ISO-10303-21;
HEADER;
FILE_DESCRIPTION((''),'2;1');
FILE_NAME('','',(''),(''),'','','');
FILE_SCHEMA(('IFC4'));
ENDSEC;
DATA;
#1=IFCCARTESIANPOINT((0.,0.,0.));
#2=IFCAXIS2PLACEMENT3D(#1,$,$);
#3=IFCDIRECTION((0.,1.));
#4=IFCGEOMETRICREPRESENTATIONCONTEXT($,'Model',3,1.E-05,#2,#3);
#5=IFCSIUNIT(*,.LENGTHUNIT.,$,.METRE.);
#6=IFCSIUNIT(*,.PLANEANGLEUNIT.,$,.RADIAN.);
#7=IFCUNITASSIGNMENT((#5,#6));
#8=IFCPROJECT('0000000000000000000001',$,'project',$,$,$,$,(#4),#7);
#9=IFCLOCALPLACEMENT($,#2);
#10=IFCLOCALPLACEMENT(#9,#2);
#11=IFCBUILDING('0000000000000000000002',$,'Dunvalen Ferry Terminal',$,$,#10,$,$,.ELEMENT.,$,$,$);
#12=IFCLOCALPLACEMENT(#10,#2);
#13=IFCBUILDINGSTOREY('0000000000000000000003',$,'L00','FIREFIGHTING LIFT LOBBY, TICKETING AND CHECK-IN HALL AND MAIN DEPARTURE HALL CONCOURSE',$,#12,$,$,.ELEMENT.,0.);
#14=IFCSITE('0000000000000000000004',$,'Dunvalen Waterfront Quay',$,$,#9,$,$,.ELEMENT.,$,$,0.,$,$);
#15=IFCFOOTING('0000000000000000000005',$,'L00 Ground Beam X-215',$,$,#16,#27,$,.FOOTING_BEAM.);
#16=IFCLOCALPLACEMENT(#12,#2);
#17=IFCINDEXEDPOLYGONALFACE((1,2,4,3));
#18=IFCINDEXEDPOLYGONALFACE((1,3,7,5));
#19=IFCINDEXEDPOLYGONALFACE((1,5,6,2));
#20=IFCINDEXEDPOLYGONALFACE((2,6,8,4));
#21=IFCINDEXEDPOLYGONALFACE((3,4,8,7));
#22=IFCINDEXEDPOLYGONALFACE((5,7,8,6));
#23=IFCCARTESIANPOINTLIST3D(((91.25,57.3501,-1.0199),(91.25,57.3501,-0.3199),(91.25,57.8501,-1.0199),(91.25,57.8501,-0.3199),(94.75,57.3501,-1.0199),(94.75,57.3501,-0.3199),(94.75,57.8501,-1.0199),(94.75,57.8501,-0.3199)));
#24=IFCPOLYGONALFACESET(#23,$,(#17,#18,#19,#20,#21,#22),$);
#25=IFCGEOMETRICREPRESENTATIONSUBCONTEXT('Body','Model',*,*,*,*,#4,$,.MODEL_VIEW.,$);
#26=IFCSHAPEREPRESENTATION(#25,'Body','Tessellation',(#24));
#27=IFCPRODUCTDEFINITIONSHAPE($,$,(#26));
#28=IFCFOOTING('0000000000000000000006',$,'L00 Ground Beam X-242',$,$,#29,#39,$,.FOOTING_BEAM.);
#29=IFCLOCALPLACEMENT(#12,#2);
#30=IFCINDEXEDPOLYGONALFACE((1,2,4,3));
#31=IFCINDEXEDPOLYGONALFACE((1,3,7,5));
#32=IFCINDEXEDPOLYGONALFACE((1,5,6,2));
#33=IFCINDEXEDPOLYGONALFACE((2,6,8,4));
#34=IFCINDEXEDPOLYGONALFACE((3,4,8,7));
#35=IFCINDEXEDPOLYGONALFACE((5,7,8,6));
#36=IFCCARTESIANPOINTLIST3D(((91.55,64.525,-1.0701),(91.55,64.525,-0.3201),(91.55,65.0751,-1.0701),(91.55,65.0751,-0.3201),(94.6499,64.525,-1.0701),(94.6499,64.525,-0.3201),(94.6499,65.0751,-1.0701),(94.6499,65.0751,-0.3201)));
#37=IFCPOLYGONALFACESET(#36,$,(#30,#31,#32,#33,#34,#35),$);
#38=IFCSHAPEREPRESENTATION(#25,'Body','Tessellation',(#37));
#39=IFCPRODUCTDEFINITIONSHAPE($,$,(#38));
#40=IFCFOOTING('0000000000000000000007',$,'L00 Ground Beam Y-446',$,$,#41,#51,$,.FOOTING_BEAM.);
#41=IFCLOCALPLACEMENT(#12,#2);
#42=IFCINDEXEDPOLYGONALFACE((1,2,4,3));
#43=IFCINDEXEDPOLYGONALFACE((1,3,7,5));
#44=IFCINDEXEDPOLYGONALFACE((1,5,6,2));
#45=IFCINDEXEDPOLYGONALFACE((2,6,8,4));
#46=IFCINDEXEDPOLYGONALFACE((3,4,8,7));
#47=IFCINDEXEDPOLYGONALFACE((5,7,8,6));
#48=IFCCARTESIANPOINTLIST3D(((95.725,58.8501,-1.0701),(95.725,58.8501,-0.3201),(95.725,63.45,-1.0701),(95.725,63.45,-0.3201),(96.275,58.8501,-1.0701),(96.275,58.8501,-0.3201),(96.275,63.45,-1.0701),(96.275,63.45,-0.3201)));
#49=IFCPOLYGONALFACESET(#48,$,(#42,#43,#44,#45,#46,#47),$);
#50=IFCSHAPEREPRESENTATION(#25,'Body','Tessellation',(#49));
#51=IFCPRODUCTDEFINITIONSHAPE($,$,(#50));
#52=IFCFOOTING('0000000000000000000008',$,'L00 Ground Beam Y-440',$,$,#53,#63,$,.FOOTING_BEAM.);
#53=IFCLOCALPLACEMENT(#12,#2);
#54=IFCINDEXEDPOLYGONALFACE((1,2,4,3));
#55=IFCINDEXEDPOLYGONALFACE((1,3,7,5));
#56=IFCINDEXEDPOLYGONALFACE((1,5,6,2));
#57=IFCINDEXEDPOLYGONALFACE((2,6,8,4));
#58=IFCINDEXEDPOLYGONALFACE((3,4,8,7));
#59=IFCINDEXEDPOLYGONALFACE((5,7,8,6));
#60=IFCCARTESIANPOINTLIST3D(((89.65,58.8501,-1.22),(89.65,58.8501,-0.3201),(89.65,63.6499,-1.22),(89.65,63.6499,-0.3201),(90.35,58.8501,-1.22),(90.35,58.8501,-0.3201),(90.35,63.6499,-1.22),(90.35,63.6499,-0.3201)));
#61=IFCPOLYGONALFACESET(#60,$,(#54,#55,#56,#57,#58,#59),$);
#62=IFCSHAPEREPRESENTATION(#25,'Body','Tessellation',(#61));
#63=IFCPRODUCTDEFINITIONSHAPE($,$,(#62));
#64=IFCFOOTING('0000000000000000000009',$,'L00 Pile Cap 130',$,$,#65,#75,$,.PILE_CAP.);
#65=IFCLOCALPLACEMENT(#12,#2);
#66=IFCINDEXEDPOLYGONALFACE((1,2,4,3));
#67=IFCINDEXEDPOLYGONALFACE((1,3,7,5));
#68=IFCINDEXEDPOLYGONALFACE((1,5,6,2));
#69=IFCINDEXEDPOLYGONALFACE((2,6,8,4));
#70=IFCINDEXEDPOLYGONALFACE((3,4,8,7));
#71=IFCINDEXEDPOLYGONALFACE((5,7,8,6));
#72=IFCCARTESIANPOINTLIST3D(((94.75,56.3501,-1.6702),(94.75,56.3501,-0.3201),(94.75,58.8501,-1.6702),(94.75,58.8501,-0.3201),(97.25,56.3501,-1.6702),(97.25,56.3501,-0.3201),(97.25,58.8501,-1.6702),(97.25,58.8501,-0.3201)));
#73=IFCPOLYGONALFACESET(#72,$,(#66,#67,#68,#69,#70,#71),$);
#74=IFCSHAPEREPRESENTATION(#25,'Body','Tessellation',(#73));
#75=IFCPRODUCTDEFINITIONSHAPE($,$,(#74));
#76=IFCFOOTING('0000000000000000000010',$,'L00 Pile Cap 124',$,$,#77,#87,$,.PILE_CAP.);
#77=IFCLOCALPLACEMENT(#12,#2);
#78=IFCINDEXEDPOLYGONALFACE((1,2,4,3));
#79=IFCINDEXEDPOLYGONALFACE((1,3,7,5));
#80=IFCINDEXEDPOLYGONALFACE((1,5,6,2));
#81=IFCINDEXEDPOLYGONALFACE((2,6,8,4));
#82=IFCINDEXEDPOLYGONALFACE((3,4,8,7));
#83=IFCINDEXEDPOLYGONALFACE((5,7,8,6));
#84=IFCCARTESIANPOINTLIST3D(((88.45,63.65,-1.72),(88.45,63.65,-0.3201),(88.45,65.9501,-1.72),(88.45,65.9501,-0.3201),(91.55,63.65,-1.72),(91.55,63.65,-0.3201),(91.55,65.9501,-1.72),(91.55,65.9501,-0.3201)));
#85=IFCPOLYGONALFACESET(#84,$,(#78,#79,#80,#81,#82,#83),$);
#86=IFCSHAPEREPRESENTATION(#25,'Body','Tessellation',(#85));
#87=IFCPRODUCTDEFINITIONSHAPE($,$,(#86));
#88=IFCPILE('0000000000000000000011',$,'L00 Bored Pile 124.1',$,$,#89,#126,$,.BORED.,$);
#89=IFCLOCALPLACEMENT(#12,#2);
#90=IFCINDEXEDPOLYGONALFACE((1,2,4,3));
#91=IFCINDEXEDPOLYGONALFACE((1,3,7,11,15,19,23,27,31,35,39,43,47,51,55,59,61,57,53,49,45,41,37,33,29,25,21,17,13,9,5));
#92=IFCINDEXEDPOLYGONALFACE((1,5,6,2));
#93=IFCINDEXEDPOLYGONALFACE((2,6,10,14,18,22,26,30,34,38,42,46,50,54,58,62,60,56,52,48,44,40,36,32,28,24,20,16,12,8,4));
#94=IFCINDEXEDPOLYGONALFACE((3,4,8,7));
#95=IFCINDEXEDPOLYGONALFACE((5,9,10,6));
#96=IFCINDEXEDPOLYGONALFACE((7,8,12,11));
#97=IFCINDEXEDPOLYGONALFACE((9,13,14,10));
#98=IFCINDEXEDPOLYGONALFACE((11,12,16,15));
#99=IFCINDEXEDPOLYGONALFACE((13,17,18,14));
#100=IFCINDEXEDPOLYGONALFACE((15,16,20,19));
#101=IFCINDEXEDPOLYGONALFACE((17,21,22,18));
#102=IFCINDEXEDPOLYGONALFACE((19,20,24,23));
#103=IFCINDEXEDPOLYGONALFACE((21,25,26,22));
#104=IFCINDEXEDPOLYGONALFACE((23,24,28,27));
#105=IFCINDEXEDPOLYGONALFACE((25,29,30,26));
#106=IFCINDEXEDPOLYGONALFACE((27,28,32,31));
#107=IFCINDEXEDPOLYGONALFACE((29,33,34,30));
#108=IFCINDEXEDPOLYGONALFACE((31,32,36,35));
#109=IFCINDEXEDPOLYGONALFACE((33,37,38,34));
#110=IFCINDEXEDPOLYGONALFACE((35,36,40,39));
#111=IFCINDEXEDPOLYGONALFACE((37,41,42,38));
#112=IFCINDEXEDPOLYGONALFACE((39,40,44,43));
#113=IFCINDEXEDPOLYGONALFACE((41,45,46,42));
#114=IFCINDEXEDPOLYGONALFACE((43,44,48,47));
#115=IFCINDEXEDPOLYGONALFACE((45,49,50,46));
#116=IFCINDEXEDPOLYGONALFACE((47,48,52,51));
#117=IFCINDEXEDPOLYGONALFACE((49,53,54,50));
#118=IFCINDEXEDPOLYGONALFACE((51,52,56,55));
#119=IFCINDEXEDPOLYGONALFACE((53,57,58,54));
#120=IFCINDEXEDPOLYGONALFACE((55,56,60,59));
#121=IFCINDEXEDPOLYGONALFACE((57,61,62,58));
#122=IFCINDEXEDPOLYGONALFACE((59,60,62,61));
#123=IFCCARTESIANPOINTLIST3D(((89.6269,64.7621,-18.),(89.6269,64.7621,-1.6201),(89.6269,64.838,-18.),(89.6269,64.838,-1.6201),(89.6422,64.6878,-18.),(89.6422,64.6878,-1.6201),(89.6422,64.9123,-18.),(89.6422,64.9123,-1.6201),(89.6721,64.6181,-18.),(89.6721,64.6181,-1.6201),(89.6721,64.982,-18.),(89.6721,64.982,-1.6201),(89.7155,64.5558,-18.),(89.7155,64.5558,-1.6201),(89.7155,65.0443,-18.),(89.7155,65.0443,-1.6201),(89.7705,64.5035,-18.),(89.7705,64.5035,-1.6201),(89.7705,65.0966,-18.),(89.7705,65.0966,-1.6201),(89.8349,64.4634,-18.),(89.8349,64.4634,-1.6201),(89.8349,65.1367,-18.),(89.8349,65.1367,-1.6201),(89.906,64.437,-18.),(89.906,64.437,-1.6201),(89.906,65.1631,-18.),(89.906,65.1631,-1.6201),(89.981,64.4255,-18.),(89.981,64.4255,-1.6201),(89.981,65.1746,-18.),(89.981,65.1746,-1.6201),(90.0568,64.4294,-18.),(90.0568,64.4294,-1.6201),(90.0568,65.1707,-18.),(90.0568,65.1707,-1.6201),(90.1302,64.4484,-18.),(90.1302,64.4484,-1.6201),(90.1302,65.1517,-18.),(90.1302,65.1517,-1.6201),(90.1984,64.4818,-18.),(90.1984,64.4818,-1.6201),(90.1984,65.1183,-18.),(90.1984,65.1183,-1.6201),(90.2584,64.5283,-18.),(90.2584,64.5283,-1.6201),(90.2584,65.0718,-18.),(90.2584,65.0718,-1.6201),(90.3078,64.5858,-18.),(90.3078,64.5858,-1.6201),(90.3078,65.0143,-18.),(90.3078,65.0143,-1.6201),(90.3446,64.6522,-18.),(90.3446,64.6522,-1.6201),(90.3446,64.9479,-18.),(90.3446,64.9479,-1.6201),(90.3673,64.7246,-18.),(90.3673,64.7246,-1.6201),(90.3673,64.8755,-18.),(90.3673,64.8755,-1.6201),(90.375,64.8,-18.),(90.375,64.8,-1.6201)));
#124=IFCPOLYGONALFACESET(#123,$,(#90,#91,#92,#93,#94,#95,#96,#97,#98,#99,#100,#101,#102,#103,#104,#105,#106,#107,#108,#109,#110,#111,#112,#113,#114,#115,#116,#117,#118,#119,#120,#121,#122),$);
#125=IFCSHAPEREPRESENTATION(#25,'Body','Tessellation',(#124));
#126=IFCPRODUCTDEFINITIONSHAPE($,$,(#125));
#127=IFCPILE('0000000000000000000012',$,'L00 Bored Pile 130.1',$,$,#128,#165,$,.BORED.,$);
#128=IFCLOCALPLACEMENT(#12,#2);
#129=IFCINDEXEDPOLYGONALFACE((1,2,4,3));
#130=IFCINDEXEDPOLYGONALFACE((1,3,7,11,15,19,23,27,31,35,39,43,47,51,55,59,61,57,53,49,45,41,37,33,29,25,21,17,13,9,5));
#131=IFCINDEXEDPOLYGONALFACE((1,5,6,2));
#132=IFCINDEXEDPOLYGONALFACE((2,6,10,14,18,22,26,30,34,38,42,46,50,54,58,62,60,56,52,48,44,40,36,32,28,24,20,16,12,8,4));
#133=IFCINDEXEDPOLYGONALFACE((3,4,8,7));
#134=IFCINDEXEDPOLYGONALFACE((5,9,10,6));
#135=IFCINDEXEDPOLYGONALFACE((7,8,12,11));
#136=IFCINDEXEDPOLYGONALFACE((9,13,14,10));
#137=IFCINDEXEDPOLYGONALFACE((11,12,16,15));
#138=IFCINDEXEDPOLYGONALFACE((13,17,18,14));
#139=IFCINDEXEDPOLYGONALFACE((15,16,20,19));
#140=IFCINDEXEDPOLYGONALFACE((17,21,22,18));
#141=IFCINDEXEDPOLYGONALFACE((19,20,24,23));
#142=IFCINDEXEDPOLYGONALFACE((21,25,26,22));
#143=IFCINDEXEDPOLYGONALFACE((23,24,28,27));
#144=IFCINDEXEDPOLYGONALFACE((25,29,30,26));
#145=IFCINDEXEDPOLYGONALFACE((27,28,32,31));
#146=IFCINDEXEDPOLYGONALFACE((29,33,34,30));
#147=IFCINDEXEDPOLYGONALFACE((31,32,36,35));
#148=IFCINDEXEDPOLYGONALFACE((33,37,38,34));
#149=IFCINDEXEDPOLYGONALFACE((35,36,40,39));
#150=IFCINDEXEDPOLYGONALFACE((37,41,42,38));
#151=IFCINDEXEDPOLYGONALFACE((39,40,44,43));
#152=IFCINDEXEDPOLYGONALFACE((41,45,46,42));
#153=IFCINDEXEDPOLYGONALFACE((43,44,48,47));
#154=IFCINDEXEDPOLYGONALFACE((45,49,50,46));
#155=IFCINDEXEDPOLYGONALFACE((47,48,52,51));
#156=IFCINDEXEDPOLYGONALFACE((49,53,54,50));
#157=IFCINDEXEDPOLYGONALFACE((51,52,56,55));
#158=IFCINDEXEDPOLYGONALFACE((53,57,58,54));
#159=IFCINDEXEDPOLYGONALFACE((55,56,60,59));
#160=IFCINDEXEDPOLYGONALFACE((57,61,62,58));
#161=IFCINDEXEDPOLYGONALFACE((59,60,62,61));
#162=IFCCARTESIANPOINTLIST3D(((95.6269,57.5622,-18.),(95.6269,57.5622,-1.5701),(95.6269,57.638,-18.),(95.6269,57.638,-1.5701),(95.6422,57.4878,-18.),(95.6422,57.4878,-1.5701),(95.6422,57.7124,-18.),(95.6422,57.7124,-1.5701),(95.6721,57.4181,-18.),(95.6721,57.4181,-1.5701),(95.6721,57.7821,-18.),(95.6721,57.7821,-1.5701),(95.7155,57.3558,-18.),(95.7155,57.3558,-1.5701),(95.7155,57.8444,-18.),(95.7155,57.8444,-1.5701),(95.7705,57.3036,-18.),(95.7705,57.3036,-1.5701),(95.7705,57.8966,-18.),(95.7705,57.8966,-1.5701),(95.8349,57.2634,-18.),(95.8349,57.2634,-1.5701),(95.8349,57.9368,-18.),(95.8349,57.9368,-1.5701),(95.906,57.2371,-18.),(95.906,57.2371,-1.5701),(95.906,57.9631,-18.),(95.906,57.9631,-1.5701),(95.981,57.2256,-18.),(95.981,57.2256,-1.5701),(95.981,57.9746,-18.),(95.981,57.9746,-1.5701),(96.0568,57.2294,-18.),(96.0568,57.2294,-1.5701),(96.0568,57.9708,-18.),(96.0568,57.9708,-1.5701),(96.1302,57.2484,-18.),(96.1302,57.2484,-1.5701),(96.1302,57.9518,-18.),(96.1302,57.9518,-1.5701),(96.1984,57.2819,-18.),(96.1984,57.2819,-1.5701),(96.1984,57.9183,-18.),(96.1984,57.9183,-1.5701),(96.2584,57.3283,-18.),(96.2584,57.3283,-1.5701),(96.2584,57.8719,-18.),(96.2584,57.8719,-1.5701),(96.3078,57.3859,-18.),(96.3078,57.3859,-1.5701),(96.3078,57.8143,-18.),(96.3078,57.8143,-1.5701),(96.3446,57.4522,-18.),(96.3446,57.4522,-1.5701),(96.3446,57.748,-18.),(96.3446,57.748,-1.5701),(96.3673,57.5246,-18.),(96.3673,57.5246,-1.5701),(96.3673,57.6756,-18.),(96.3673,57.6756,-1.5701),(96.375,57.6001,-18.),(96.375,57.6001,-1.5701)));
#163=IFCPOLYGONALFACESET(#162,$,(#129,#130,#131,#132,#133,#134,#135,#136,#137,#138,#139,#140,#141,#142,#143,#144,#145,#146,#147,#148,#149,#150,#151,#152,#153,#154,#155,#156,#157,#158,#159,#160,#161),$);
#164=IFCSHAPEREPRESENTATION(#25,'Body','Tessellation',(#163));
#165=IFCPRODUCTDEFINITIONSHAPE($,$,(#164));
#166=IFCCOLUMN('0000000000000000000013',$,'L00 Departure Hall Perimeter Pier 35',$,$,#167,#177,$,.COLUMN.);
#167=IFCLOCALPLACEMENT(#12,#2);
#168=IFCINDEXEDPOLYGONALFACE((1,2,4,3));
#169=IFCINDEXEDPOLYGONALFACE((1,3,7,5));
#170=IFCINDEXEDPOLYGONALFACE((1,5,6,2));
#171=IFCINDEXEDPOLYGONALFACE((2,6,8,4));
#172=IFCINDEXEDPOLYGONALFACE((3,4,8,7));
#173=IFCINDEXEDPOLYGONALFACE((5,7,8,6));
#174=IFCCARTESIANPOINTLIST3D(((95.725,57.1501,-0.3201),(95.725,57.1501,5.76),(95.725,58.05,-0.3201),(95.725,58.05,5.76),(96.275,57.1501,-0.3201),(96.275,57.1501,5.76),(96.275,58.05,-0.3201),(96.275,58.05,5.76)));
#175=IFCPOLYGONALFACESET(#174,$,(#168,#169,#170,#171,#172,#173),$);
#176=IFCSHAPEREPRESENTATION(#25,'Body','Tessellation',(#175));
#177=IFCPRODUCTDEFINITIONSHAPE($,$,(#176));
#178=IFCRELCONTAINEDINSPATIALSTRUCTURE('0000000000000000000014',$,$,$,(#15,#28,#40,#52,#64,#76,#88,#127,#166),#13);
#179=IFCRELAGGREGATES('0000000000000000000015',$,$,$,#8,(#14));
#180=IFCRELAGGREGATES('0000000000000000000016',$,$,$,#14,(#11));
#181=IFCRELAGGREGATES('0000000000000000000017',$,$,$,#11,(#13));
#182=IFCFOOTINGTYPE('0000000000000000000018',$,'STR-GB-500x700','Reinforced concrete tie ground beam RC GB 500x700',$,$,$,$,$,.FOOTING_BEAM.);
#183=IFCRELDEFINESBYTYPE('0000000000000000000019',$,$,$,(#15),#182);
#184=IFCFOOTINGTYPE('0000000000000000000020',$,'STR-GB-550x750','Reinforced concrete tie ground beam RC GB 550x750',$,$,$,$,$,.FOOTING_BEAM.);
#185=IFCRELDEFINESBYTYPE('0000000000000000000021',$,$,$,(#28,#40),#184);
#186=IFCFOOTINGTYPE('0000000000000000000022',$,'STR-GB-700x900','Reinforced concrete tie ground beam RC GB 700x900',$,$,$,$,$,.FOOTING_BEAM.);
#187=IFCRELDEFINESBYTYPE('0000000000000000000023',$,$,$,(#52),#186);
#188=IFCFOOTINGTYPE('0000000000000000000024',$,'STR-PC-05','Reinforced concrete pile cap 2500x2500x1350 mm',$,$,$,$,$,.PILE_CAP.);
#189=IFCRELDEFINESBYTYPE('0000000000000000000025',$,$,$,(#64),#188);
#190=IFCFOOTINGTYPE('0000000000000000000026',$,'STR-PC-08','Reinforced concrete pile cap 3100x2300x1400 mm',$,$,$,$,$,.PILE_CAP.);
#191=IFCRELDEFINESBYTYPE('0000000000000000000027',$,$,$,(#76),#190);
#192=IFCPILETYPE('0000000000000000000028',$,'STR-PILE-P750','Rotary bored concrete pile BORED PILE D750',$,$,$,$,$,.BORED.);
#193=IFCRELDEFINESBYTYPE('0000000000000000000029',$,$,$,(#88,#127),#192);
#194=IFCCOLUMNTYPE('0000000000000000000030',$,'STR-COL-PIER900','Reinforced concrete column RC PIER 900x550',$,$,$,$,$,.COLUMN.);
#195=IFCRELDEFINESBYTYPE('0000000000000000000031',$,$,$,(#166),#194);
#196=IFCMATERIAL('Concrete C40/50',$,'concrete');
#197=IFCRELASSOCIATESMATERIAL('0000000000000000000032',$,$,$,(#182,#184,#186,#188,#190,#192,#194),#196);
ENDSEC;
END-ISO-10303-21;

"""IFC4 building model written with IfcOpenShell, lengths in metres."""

from ifc_helpers import new_model, si_unit, direction, frame, origin, origin_2d, place, context, subcontext, project, spatial, rectangle, circle, extrude, material, material_profile, profile_set, type_object, element, save


model = new_model("IFC4")

# Units and contexts
model_context = context("Model", 3, precision=1e-05, world=origin(), true_north=direction((0.0, 1.0)))
body_context = subcontext(model_context, "Body", "Model", "MODEL_VIEW")
ifc_project = project(units=[si_unit("LENGTHUNIT", "METRE"), si_unit("PLANEANGLEUNIT", "RADIAN")], contexts=[model_context])

# Site, building, storey
site_placement = place(None, origin())
site = spatial("IfcSite", under=ifc_project, at=site_placement, Name="Dunvalen Waterfront Quay", CompositionType="ELEMENT", RefElevation=0.0)
building_placement = place(site_placement, origin())
building = spatial("IfcBuilding", under=site, at=building_placement, Name="Dunvalen Ferry Terminal", CompositionType="ELEMENT")
storey_placement = place(building_placement, origin())
storey = spatial("IfcBuildingStorey", under=building, at=storey_placement, Name="L00", Description="FIREFIGHTING LIFT LOBBY, TICKETING AND CHECK-IN HALL AND MAIN DEPARTURE HALL CONCOURSE", CompositionType="ELEMENT", Elevation=0.0)

# Footings
ifc_material_1 = material(Name="Concrete C40/50", Category="concrete")
ifc_material_profile_1 = material_profile(ifc_material_1, rectangle(XDim=0.5, YDim=0.7, at=origin_2d()), Name="Concrete C40/50")
ifc_profile_set_1 = profile_set([ifc_material_profile_1], Name="Concrete C40/50")
footing_type_1 = type_object("IfcFootingType", Name="STR-GB-500x700", Description="Reinforced concrete tie ground beam RC GB 500x700", PredefinedType="FOOTING_BEAM", material=ifc_profile_set_1)
footing_1_placement = place(storey_placement, frame((91.25, 57.6001, -0.6699), z_axis=(1.0, 0.0, 0.0), x_axis=(0.0, 1.0, 0.0)))
element("IfcFooting", 1, at=footing_1_placement, inside=storey, type_object=footing_type_1, Name="L00 Ground Beam X-215", PredefinedType="FOOTING_BEAM", context=body_context, shape_type="SweptSolid", body=[
    extrude(rectangle(XDim=0.5, YDim=0.7, at=origin_2d()), origin(), (0.0, 0.0, 1.0), 3.5),
])
ifc_material_profile_2 = material_profile(ifc_material_1, rectangle(XDim=0.55, YDim=0.75, at=origin_2d()), Name="Concrete C40/50")
ifc_profile_set_2 = profile_set([ifc_material_profile_2], Name="Concrete C40/50")
footing_type_2 = type_object("IfcFootingType", Name="STR-GB-550x750", Description="Reinforced concrete tie ground beam RC GB 550x750", PredefinedType="FOOTING_BEAM", material=ifc_profile_set_2)
footing_2_placement = place(storey_placement, frame((91.55, 64.8, -0.6951), z_axis=(1.0, 0.0, 0.0), x_axis=(0.0, 1.0, 0.0)))
element("IfcFooting", 2, at=footing_2_placement, inside=storey, type_object=footing_type_2, Name="L00 Ground Beam X-242", PredefinedType="FOOTING_BEAM", context=body_context, shape_type="SweptSolid", body=[
    extrude(rectangle(XDim=0.55, YDim=0.75, at=origin_2d()), origin(), (0.0, 0.0, 1.0), 3.0999),
])
footing_3_placement = place(storey_placement, frame((96.0, 58.8501, -0.6951), z_axis=(0.0, 1.0, 0.0), x_axis=(-1.0, 0.0, 0.0)))
element("IfcFooting", 3, at=footing_3_placement, inside=storey, type_object=footing_type_2, Name="L00 Ground Beam Y-446", PredefinedType="FOOTING_BEAM", context=body_context, shape_type="SweptSolid", body=[
    extrude(rectangle(XDim=0.55, YDim=0.75, at=origin_2d()), origin(), (0.0, 0.0, 1.0), 4.5999),
])
ifc_material_profile_3 = material_profile(ifc_material_1, rectangle(XDim=0.7, YDim=0.8999, at=origin_2d()), Name="Concrete C40/50")
ifc_profile_set_3 = profile_set([ifc_material_profile_3], Name="Concrete C40/50")
footing_type_3 = type_object("IfcFootingType", Name="STR-GB-700x900", Description="Reinforced concrete tie ground beam RC GB 700x900", PredefinedType="FOOTING_BEAM", material=ifc_profile_set_3)
footing_4_placement = place(storey_placement, frame((90.0, 58.8501, -0.77), z_axis=(0.0, 1.0, 0.0), x_axis=(-1.0, 0.0, 0.0)))
element("IfcFooting", 4, at=footing_4_placement, inside=storey, type_object=footing_type_3, Name="L00 Ground Beam Y-440", PredefinedType="FOOTING_BEAM", context=body_context, shape_type="SweptSolid", body=[
    extrude(rectangle(XDim=0.7, YDim=0.8999, at=origin_2d()), origin(), (0.0, 0.0, 1.0), 4.7998),
])
footing_type_4 = type_object("IfcFootingType", Name="STR-PC-05", Description="Reinforced concrete pile cap 2500x2500x1350 mm", PredefinedType="PILE_CAP", material=ifc_material_1)
footing_5_placement = place(storey_placement, frame((96.0, 57.6001, -1.6702), z_axis=(0.0, 0.0, 1.0), x_axis=(1.0, 0.0, 0.0)))
element("IfcFooting", 5, at=footing_5_placement, inside=storey, type_object=footing_type_4, Name="L00 Pile Cap 130", PredefinedType="PILE_CAP", context=body_context, shape_type="SweptSolid", body=[
    extrude(rectangle(XDim=2.5, YDim=2.5, at=origin_2d()), origin(), (0.0, 0.0, 1.0), 1.3501),
])
footing_type_5 = type_object("IfcFootingType", Name="STR-PC-08", Description="Reinforced concrete pile cap 3100x2300x1400 mm", PredefinedType="PILE_CAP", material=ifc_material_1)
footing_6_placement = place(storey_placement, frame((90.0, 64.8, -1.72), z_axis=(0.0, 0.0, 1.0), x_axis=(1.0, 0.0, 0.0)))
element("IfcFooting", 6, at=footing_6_placement, inside=storey, type_object=footing_type_5, Name="L00 Pile Cap 124", PredefinedType="PILE_CAP", context=body_context, shape_type="SweptSolid", body=[
    extrude(rectangle(XDim=3.1001, YDim=2.3, at=origin_2d()), origin(), (0.0, 0.0, 1.0), 1.3999),
])

# Piles
ifc_material_profile_4 = material_profile(ifc_material_1, circle(Radius=0.375, at=origin_2d()), Name="Concrete C40/50")
ifc_profile_set_4 = profile_set([ifc_material_profile_4], Name="Concrete C40/50")
pile_type = type_object("IfcPileType", Name="STR-PILE-P750", Description="Rotary bored concrete pile BORED PILE D750", PredefinedType="BORED", material=ifc_profile_set_4)
pile_1_placement = place(storey_placement, frame((90.0, 64.8, -1.6201), z_axis=(0.0, 0.0, -1.0), x_axis=(1.0, 0.0, 0.0)))
element("IfcPile", 7, at=pile_1_placement, inside=storey, type_object=pile_type, Name="L00 Bored Pile 124.1", PredefinedType="BORED", context=body_context, shape_type="SweptSolid", body=[
    extrude(circle(Radius=0.375, at=origin_2d()), origin(), (0.0, 0.0, 1.0), 16.3799),
])
pile_2_placement = place(storey_placement, frame((96.0, 57.6001, -1.5701), z_axis=(0.0, 0.0, -1.0), x_axis=(1.0, 0.0, 0.0)))
element("IfcPile", 8, at=pile_2_placement, inside=storey, type_object=pile_type, Name="L00 Bored Pile 130.1", PredefinedType="BORED", context=body_context, shape_type="SweptSolid", body=[
    extrude(circle(Radius=0.375, at=origin_2d()), origin(), (0.0, 0.0, 1.0), 16.4299),
])

# Column
ifc_material_profile_5 = material_profile(ifc_material_1, rectangle(XDim=0.55, YDim=0.8999, at=origin_2d()), Name="Concrete C40/50")
ifc_profile_set_5 = profile_set([ifc_material_profile_5], Name="Concrete C40/50")
column_type = type_object("IfcColumnType", Name="STR-COL-PIER900", Description="Reinforced concrete column RC PIER 900x550", PredefinedType="COLUMN", material=ifc_profile_set_5)
column_placement = place(storey_placement, frame((96.0, 57.6001, -0.3201), z_axis=(0.0, 0.0, 1.0), x_axis=(1.0, 0.0, 0.0)))
element("IfcColumn", 9, at=column_placement, inside=storey, type_object=column_type, Name="L00 Departure Hall Perimeter Pier 35", PredefinedType="COLUMN", context=body_context, shape_type="SweptSolid", body=[
    extrude(rectangle(XDim=0.55, YDim=0.8999, at=origin_2d()), origin(), (0.0, 0.0, 1.0), 6.0801),
])

save(model, "model.ifc")
